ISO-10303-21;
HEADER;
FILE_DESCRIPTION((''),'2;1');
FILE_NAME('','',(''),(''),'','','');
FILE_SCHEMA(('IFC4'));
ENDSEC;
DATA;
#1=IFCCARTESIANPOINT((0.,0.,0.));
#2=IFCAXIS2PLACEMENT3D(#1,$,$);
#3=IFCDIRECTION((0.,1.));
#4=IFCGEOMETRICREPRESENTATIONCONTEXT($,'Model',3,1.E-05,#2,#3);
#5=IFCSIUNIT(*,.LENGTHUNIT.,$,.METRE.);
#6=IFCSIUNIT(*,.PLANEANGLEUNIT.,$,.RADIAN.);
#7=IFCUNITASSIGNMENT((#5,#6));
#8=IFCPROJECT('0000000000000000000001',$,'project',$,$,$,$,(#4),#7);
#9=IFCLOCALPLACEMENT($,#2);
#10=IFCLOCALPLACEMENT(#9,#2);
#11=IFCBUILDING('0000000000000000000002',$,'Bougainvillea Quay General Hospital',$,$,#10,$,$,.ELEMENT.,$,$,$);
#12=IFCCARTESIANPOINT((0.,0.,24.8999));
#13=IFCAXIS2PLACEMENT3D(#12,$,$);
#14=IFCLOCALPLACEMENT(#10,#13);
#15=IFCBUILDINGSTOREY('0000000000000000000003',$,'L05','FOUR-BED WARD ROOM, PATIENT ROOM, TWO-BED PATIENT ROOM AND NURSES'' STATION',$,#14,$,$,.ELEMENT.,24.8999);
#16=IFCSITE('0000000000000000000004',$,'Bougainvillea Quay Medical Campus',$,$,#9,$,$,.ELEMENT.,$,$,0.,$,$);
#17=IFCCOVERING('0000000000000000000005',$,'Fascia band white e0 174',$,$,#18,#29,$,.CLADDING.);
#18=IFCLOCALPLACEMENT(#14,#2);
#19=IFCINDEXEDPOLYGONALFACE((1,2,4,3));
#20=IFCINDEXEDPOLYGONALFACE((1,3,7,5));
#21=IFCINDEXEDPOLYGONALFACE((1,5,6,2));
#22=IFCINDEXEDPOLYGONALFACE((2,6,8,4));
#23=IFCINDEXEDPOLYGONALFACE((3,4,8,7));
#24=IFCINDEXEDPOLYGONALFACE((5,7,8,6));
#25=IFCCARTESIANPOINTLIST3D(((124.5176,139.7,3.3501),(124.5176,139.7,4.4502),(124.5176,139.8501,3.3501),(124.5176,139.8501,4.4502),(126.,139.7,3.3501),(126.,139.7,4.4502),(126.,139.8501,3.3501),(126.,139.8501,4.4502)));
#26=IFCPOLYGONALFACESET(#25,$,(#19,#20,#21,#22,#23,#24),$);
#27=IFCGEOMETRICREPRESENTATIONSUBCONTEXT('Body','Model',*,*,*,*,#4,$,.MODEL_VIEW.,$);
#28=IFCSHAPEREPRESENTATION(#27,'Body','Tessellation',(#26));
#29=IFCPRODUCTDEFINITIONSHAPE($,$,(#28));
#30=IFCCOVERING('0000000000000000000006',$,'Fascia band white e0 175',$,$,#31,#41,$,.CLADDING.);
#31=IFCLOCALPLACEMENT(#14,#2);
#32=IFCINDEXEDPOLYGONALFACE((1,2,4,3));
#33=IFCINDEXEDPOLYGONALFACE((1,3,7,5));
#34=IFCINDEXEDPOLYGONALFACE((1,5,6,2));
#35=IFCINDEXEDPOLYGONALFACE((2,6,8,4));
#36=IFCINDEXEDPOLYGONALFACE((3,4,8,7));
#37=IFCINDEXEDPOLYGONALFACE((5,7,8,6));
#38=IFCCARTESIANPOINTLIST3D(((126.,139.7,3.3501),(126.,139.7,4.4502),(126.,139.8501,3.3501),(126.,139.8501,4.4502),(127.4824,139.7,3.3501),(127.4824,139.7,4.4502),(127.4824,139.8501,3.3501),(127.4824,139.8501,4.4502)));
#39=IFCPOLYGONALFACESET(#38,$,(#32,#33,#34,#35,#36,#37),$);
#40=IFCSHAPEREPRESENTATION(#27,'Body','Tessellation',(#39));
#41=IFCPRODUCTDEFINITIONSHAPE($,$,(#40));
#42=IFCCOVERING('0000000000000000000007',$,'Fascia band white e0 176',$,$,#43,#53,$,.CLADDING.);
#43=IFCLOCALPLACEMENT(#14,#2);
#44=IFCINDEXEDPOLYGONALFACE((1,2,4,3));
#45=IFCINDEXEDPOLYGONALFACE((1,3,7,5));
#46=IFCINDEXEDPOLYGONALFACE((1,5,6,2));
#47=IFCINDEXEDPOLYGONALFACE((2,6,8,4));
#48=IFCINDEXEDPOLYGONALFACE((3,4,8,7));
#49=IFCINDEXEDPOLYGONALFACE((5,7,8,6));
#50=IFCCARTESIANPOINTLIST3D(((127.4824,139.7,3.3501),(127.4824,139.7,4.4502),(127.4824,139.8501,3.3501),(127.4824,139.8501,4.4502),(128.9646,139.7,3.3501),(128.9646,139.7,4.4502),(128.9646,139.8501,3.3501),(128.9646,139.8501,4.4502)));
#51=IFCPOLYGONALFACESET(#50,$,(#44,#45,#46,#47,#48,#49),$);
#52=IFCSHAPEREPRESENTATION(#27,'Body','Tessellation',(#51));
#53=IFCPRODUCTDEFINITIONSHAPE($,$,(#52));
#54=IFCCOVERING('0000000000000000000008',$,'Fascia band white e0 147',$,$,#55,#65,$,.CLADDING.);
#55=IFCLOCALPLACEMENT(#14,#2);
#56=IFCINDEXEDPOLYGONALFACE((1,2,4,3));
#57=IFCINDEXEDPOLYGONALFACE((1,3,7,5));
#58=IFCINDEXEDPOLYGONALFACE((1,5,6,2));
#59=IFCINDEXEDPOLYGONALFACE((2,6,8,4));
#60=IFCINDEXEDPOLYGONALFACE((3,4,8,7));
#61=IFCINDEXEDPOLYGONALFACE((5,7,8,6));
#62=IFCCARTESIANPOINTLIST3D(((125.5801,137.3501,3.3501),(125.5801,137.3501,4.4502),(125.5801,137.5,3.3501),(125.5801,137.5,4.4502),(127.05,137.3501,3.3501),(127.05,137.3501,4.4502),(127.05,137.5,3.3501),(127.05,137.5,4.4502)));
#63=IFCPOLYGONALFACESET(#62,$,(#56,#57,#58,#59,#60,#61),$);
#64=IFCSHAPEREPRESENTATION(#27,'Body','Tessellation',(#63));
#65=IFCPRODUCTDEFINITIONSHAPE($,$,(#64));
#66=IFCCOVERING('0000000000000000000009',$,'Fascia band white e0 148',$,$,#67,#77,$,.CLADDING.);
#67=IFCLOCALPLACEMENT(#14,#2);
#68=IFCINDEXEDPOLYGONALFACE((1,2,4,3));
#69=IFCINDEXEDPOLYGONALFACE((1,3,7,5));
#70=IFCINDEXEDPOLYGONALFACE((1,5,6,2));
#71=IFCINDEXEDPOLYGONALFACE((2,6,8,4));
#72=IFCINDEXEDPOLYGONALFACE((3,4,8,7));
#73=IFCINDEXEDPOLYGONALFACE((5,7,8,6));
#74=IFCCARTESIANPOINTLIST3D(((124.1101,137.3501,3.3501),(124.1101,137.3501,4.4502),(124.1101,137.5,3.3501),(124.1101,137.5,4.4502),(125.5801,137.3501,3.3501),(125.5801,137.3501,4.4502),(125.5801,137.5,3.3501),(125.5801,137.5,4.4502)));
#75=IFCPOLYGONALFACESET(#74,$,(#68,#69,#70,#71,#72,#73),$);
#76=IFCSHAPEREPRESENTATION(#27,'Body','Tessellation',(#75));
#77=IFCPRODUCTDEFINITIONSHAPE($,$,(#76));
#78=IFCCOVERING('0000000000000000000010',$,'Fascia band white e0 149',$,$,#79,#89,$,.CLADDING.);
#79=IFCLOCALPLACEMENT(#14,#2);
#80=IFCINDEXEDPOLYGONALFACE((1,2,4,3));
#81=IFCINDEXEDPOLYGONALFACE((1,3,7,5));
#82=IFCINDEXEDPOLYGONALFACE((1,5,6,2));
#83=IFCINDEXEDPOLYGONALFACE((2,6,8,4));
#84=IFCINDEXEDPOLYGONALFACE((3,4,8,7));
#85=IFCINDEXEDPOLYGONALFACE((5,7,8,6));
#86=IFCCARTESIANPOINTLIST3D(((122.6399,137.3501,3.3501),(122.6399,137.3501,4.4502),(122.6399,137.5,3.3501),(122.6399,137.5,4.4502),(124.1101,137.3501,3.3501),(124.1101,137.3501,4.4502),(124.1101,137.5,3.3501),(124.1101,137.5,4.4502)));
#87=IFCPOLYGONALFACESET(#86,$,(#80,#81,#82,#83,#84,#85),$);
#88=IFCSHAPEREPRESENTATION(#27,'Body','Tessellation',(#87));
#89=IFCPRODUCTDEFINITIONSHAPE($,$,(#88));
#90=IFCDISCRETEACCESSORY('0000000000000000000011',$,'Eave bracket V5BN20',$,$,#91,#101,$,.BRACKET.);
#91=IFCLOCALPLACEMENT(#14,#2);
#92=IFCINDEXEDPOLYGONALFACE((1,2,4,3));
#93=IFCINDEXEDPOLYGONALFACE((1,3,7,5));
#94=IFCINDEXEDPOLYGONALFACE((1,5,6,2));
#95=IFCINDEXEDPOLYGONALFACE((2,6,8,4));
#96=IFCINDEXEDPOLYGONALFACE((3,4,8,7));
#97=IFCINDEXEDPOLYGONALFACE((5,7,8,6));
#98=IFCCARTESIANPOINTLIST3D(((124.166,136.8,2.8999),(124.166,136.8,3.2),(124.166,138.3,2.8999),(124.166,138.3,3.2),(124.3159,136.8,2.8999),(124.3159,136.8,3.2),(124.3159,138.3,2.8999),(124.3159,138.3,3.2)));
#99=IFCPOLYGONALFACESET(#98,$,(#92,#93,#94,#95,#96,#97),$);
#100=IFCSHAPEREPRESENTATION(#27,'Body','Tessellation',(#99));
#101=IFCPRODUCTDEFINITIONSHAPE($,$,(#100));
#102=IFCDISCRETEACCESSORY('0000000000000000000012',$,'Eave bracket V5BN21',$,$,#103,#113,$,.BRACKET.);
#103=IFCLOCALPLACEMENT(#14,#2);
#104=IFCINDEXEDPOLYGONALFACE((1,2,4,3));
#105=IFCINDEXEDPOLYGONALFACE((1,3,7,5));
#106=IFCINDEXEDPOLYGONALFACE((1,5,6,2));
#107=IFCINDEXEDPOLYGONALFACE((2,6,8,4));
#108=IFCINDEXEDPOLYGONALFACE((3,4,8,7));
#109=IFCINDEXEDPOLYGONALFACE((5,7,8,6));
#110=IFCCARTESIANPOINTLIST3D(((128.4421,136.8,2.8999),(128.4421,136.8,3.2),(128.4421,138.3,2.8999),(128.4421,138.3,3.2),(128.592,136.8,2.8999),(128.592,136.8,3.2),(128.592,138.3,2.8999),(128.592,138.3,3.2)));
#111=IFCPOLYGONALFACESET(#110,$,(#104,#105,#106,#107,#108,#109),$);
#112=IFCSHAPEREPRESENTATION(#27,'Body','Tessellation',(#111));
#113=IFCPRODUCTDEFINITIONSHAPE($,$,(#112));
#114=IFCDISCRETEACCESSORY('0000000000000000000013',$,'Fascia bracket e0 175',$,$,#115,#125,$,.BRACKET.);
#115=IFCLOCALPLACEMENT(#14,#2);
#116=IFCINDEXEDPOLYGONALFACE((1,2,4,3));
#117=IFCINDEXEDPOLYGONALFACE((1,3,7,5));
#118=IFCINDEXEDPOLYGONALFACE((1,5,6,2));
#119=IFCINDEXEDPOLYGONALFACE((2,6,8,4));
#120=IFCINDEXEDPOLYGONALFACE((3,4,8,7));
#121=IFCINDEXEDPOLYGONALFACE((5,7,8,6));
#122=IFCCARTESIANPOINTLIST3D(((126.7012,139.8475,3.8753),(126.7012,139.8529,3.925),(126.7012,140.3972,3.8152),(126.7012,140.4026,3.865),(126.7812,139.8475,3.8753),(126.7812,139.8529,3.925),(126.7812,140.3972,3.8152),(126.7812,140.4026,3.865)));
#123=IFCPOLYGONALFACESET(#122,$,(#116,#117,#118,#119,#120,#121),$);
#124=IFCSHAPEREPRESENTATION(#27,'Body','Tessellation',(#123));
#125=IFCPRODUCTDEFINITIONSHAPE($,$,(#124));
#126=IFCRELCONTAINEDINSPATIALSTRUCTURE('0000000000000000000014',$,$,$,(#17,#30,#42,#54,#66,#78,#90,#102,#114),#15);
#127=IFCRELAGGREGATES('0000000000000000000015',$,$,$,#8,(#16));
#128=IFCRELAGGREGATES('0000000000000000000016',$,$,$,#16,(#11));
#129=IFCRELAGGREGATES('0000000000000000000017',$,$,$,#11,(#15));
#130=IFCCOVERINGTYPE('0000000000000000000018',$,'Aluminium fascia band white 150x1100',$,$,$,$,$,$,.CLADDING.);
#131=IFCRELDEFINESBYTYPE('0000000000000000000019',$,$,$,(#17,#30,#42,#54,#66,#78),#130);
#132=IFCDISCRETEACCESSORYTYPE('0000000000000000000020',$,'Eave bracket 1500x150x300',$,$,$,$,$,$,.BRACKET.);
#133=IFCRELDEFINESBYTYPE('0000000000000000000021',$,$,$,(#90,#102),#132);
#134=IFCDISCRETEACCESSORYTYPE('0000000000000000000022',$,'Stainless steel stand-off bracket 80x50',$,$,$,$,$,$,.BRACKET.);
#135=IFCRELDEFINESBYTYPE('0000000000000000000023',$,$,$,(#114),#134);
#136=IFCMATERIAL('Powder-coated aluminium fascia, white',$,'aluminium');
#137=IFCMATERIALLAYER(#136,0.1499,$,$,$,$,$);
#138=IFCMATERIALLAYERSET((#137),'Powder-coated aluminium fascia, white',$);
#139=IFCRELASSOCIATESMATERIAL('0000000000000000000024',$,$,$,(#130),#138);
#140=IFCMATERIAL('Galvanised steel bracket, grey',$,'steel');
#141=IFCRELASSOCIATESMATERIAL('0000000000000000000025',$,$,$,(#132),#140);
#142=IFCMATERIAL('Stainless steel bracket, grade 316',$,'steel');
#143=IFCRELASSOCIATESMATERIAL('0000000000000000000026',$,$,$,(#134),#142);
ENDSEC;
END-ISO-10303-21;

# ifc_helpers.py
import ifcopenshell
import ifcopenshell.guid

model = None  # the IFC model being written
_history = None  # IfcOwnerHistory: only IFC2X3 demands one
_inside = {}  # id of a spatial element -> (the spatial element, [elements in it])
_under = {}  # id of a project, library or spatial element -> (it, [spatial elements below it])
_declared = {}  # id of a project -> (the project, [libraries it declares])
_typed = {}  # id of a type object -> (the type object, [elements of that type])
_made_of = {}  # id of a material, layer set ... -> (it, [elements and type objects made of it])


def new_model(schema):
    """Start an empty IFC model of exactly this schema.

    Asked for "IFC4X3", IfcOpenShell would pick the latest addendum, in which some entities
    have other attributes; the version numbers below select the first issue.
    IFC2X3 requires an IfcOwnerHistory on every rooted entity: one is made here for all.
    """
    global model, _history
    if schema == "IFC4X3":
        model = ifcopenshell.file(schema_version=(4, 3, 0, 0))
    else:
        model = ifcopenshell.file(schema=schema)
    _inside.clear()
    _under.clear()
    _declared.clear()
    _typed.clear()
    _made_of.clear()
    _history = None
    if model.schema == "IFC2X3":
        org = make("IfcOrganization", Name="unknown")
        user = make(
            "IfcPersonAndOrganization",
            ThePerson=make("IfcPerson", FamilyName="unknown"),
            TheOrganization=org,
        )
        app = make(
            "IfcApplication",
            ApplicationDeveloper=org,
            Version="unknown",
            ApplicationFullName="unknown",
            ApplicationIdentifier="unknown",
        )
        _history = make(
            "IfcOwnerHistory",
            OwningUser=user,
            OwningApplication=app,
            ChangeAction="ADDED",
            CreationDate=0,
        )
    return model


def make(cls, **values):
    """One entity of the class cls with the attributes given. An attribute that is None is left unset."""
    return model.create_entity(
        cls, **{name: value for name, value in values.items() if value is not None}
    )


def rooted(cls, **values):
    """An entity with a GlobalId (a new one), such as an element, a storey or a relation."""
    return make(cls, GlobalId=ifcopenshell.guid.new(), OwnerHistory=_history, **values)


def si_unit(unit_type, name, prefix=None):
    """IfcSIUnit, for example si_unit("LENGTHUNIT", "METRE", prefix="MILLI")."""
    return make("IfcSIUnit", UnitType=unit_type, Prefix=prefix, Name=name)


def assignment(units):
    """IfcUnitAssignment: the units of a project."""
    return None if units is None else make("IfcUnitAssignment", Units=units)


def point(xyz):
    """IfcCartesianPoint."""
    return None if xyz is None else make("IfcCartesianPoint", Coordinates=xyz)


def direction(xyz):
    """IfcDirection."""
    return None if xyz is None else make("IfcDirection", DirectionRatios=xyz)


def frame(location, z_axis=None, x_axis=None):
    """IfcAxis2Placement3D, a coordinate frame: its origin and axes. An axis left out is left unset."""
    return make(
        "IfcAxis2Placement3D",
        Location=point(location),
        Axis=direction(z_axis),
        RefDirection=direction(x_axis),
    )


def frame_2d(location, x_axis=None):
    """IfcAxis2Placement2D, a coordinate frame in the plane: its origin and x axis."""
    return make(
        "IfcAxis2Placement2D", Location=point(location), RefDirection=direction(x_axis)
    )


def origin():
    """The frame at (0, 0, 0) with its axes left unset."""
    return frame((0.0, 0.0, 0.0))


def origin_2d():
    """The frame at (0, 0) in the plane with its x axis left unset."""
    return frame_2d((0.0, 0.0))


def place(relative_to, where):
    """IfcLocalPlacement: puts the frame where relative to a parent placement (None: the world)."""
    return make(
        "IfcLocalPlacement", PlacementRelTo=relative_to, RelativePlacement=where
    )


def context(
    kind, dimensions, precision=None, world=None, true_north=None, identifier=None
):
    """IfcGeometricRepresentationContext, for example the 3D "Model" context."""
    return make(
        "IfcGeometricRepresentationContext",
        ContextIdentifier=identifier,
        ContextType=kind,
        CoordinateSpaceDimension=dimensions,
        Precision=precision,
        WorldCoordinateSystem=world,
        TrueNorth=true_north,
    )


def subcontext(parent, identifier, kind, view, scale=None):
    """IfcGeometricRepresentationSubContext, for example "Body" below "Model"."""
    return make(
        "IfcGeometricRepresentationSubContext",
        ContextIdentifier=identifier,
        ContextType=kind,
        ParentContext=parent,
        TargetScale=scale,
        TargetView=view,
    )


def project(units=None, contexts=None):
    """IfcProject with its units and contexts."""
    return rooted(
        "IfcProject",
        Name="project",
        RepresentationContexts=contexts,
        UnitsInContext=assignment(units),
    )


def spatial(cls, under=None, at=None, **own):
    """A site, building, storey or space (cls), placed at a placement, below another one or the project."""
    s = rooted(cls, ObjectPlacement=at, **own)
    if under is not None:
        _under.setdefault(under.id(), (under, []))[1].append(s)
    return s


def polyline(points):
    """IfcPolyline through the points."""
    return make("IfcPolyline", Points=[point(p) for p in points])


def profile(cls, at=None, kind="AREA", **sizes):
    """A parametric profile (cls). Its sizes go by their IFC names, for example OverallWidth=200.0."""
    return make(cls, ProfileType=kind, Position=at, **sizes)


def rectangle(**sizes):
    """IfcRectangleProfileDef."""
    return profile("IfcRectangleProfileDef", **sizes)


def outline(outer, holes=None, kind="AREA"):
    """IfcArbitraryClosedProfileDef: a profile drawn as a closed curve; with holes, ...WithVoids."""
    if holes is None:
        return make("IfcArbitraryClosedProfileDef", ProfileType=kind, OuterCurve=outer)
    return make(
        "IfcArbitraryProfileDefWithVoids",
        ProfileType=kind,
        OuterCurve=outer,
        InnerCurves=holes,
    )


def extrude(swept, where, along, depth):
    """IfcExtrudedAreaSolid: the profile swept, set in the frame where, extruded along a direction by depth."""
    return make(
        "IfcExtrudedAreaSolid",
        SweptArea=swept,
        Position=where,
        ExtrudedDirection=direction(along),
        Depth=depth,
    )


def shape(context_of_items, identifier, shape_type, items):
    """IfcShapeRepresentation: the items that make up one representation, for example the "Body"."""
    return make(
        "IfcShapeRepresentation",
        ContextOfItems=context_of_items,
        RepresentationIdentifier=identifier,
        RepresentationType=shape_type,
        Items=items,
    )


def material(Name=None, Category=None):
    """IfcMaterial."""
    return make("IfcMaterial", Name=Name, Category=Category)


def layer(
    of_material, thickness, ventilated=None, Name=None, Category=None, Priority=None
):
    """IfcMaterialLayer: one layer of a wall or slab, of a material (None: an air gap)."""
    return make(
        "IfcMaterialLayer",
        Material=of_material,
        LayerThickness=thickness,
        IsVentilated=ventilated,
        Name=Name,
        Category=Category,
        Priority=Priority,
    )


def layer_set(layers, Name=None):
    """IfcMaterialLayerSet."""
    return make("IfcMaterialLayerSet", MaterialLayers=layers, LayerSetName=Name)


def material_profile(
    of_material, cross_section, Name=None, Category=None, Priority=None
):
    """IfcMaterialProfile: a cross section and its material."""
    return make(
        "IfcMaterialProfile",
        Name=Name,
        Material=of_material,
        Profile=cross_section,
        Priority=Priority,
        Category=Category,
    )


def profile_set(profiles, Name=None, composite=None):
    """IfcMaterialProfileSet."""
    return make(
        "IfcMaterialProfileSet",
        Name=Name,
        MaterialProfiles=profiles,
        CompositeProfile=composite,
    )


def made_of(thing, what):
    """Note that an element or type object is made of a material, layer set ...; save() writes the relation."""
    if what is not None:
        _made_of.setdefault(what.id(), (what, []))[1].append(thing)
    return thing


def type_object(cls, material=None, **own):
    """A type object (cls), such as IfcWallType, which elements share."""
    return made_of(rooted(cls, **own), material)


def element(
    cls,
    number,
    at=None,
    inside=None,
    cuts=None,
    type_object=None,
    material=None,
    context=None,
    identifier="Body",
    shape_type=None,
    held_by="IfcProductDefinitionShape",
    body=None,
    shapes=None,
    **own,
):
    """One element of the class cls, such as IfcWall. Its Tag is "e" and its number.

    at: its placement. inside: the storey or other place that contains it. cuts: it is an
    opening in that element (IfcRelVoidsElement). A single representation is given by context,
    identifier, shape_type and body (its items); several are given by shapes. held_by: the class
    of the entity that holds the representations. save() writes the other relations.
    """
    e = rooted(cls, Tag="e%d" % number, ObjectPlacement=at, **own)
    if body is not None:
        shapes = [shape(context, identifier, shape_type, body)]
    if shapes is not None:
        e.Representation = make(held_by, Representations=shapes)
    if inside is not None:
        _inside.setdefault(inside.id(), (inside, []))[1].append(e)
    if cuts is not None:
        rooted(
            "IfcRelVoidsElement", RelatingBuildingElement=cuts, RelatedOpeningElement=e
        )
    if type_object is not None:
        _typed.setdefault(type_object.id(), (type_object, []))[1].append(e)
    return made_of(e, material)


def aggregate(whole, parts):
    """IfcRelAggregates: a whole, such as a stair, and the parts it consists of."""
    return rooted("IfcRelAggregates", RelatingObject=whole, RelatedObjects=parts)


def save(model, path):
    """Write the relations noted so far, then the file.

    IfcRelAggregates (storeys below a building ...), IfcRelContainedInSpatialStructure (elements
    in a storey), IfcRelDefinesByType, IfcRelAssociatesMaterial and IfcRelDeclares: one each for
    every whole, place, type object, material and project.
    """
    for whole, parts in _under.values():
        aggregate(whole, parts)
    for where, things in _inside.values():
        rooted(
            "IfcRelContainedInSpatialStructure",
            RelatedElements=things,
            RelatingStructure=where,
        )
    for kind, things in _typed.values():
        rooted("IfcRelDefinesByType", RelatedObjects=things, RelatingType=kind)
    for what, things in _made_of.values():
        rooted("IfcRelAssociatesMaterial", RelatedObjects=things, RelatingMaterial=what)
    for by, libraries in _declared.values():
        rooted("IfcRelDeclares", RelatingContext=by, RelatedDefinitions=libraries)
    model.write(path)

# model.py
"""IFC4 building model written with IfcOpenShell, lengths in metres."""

from ifc_helpers import new_model, si_unit, direction, frame, origin, origin_2d, place, context, subcontext, project, spatial, polyline, rectangle, outline, extrude, material, layer, layer_set, material_profile, profile_set, type_object, element, save


model = new_model("IFC4")

# Units and contexts
model_context = context("Model", 3, precision=1e-05, world=origin(), true_north=direction((0.0, 1.0)))
body_context = subcontext(model_context, "Body", "Model", "MODEL_VIEW")
ifc_project = project(units=[si_unit("LENGTHUNIT", "METRE"), si_unit("PLANEANGLEUNIT", "RADIAN")], contexts=[model_context])

# Site, building, storey
site_placement = place(None, origin())
site = spatial("IfcSite", under=ifc_project, at=site_placement, Name="Bougainvillea Quay Medical Campus", CompositionType="ELEMENT", RefElevation=0.0)
building_placement = place(site_placement, origin())
building = spatial("IfcBuilding", under=site, at=building_placement, Name="Bougainvillea Quay General Hospital", CompositionType="ELEMENT")
storey_placement = place(building_placement, frame((0.0, 0.0, 24.8999)))
storey = spatial("IfcBuildingStorey", under=building, at=storey_placement, Name="L05", Description="FOUR-BED WARD ROOM, PATIENT ROOM, TWO-BED PATIENT ROOM AND NURSES' STATION", CompositionType="ELEMENT", Elevation=24.8999)

# Coverings
ifc_material_1 = material(Name="Powder-coated aluminium fascia, white", Category="aluminium")
ifc_layer_1 = layer(ifc_material_1, 0.1499)
ifc_layer_set_1 = layer_set([ifc_layer_1], Name="Powder-coated aluminium fascia, white")
covering_type = type_object("IfcCoveringType", Name="Aluminium fascia band white 150x1100", PredefinedType="CLADDING", material=ifc_layer_set_1)
for number, where, z_axis, x_axis, name in (
    (1, (124.5176, 139.8501, 3.3501), (0.0, 0.0, 1.0), (1.0, 0.0, 0.0), "Fascia band white e0 174"),
    (2, (126.0, 139.8501, 3.3501), (0.0, 0.0, 1.0), (1.0, 0.0, 0.0), "Fascia band white e0 175"),
):
    element("IfcCovering", number, at=place(storey_placement, frame(where, z_axis=z_axis, x_axis=x_axis)), inside=storey, type_object=covering_type, Name=name, PredefinedType="CLADDING", context=body_context, shape_type="SweptSolid", body=[
        extrude(outline(polyline([(0.0, 0.0), (1.4824, 0.0), (1.4824, -0.1501), (0.0, -0.1501), (0.0, 0.0)])), origin(), (0.0, 0.0, 1.0), 1.1001),
    ])
covering_1_placement = place(storey_placement, frame((127.4824, 139.8501, 3.3501), z_axis=(0.0, 0.0, 1.0), x_axis=(1.0, 0.0, 0.0)))
element("IfcCovering", 3, at=covering_1_placement, inside=storey, type_object=covering_type, Name="Fascia band white e0 176", PredefinedType="CLADDING", context=body_context, shape_type="SweptSolid", body=[
    extrude(outline(polyline([(0.0, 0.0), (1.4822, 0.0), (1.4822, -0.1501), (0.0, -0.1501), (0.0, 0.0)])), origin(), (0.0, 0.0, 1.0), 1.1001),
])
for number, where, z_axis, x_axis, name in (
    (4, (127.05, 137.3501, 3.3501), (0.0, 0.0, 1.0), (-1.0, 0.0, 0.0), "Fascia band white e0 147"),
    (5, (125.5801, 137.3501, 3.3501), (0.0, 0.0, 1.0), (-1.0, 0.0, 0.0), "Fascia band white e0 148"),
):
    element("IfcCovering", number, at=place(storey_placement, frame(where, z_axis=z_axis, x_axis=x_axis)), inside=storey, type_object=covering_type, Name=name, PredefinedType="CLADDING", context=body_context, shape_type="SweptSolid", body=[
        extrude(outline(polyline([(0.0, 0.0), (1.47, 0.0), (1.47, -0.1499), (0.0, -0.1499), (0.0, 0.0)])), origin(), (0.0, 0.0, 1.0), 1.1001),
    ])
covering_2_placement = place(storey_placement, frame((124.1101, 137.3501, 3.3501), z_axis=(0.0, 0.0, 1.0), x_axis=(-1.0, 0.0, 0.0)))
element("IfcCovering", 6, at=covering_2_placement, inside=storey, type_object=covering_type, Name="Fascia band white e0 149", PredefinedType="CLADDING", context=body_context, shape_type="SweptSolid", body=[
    extrude(outline(polyline([(0.0, 0.0), (1.4702, 0.0), (1.4702, -0.1499), (0.0, -0.1499), (0.0, 0.0)])), origin(), (0.0, 0.0, 1.0), 1.1001),
])

# Discrete accessories
ifc_material_2 = material(Name="Galvanised steel bracket, grey", Category="steel")
discrete_accessory_type_1 = type_object("IfcDiscreteAccessoryType", Name="Eave bracket 1500x150x300", PredefinedType="BRACKET", material=ifc_material_2)
for number, where, z_axis, x_axis, name in (
    (7, (124.241, 137.55, 2.8999), (0.0, 0.0, 1.0), (1.0, 0.0, 0.0), "Eave bracket V5BN20"),
    (8, (128.5171, 137.55, 2.8999), (0.0, 0.0, 1.0), (1.0, 0.0, 0.0), "Eave bracket V5BN21"),
):
    element("IfcDiscreteAccessory", number, at=place(storey_placement, frame(where, z_axis=z_axis, x_axis=x_axis)), inside=storey, type_object=discrete_accessory_type_1, Name=name, PredefinedType="BRACKET", context=body_context, shape_type="SweptSolid", body=[
        extrude(rectangle(XDim=0.1499, YDim=1.5, at=origin_2d()), origin(), (0.0, 0.0, 1.0), 0.3),
    ])
ifc_material_3 = material(Name="Stainless steel bracket, grade 316", Category="steel")
ifc_material_profile_1 = material_profile(ifc_material_3, rectangle(XDim=0.0801, YDim=0.05, at=origin_2d()))
ifc_profile_set_1 = profile_set([ifc_material_profile_1], Name="Stainless steel bracket, grade 316")
discrete_accessory_type_2 = type_object("IfcDiscreteAccessoryType", Name="Stainless steel stand-off bracket 80x50", PredefinedType="BRACKET", material=ifc_profile_set_1)
discrete_accessory_placement = place(storey_placement, frame((126.7412, 140.3999, 3.8401), z_axis=(0.0, -0.994087, 0.10859), x_axis=(1.0, 0.0, 0.0)))
element("IfcDiscreteAccessory", 9, at=discrete_accessory_placement, inside=storey, type_object=discrete_accessory_type_2, Name="Fascia bracket e0 175", PredefinedType="BRACKET", context=body_context, shape_type="SweptSolid", body=[
    extrude(rectangle(XDim=0.0801, YDim=0.05, at=origin_2d()), origin(), (0.0, 0.0, 1.0), 0.553),
])

save(model, "model.ifc")
